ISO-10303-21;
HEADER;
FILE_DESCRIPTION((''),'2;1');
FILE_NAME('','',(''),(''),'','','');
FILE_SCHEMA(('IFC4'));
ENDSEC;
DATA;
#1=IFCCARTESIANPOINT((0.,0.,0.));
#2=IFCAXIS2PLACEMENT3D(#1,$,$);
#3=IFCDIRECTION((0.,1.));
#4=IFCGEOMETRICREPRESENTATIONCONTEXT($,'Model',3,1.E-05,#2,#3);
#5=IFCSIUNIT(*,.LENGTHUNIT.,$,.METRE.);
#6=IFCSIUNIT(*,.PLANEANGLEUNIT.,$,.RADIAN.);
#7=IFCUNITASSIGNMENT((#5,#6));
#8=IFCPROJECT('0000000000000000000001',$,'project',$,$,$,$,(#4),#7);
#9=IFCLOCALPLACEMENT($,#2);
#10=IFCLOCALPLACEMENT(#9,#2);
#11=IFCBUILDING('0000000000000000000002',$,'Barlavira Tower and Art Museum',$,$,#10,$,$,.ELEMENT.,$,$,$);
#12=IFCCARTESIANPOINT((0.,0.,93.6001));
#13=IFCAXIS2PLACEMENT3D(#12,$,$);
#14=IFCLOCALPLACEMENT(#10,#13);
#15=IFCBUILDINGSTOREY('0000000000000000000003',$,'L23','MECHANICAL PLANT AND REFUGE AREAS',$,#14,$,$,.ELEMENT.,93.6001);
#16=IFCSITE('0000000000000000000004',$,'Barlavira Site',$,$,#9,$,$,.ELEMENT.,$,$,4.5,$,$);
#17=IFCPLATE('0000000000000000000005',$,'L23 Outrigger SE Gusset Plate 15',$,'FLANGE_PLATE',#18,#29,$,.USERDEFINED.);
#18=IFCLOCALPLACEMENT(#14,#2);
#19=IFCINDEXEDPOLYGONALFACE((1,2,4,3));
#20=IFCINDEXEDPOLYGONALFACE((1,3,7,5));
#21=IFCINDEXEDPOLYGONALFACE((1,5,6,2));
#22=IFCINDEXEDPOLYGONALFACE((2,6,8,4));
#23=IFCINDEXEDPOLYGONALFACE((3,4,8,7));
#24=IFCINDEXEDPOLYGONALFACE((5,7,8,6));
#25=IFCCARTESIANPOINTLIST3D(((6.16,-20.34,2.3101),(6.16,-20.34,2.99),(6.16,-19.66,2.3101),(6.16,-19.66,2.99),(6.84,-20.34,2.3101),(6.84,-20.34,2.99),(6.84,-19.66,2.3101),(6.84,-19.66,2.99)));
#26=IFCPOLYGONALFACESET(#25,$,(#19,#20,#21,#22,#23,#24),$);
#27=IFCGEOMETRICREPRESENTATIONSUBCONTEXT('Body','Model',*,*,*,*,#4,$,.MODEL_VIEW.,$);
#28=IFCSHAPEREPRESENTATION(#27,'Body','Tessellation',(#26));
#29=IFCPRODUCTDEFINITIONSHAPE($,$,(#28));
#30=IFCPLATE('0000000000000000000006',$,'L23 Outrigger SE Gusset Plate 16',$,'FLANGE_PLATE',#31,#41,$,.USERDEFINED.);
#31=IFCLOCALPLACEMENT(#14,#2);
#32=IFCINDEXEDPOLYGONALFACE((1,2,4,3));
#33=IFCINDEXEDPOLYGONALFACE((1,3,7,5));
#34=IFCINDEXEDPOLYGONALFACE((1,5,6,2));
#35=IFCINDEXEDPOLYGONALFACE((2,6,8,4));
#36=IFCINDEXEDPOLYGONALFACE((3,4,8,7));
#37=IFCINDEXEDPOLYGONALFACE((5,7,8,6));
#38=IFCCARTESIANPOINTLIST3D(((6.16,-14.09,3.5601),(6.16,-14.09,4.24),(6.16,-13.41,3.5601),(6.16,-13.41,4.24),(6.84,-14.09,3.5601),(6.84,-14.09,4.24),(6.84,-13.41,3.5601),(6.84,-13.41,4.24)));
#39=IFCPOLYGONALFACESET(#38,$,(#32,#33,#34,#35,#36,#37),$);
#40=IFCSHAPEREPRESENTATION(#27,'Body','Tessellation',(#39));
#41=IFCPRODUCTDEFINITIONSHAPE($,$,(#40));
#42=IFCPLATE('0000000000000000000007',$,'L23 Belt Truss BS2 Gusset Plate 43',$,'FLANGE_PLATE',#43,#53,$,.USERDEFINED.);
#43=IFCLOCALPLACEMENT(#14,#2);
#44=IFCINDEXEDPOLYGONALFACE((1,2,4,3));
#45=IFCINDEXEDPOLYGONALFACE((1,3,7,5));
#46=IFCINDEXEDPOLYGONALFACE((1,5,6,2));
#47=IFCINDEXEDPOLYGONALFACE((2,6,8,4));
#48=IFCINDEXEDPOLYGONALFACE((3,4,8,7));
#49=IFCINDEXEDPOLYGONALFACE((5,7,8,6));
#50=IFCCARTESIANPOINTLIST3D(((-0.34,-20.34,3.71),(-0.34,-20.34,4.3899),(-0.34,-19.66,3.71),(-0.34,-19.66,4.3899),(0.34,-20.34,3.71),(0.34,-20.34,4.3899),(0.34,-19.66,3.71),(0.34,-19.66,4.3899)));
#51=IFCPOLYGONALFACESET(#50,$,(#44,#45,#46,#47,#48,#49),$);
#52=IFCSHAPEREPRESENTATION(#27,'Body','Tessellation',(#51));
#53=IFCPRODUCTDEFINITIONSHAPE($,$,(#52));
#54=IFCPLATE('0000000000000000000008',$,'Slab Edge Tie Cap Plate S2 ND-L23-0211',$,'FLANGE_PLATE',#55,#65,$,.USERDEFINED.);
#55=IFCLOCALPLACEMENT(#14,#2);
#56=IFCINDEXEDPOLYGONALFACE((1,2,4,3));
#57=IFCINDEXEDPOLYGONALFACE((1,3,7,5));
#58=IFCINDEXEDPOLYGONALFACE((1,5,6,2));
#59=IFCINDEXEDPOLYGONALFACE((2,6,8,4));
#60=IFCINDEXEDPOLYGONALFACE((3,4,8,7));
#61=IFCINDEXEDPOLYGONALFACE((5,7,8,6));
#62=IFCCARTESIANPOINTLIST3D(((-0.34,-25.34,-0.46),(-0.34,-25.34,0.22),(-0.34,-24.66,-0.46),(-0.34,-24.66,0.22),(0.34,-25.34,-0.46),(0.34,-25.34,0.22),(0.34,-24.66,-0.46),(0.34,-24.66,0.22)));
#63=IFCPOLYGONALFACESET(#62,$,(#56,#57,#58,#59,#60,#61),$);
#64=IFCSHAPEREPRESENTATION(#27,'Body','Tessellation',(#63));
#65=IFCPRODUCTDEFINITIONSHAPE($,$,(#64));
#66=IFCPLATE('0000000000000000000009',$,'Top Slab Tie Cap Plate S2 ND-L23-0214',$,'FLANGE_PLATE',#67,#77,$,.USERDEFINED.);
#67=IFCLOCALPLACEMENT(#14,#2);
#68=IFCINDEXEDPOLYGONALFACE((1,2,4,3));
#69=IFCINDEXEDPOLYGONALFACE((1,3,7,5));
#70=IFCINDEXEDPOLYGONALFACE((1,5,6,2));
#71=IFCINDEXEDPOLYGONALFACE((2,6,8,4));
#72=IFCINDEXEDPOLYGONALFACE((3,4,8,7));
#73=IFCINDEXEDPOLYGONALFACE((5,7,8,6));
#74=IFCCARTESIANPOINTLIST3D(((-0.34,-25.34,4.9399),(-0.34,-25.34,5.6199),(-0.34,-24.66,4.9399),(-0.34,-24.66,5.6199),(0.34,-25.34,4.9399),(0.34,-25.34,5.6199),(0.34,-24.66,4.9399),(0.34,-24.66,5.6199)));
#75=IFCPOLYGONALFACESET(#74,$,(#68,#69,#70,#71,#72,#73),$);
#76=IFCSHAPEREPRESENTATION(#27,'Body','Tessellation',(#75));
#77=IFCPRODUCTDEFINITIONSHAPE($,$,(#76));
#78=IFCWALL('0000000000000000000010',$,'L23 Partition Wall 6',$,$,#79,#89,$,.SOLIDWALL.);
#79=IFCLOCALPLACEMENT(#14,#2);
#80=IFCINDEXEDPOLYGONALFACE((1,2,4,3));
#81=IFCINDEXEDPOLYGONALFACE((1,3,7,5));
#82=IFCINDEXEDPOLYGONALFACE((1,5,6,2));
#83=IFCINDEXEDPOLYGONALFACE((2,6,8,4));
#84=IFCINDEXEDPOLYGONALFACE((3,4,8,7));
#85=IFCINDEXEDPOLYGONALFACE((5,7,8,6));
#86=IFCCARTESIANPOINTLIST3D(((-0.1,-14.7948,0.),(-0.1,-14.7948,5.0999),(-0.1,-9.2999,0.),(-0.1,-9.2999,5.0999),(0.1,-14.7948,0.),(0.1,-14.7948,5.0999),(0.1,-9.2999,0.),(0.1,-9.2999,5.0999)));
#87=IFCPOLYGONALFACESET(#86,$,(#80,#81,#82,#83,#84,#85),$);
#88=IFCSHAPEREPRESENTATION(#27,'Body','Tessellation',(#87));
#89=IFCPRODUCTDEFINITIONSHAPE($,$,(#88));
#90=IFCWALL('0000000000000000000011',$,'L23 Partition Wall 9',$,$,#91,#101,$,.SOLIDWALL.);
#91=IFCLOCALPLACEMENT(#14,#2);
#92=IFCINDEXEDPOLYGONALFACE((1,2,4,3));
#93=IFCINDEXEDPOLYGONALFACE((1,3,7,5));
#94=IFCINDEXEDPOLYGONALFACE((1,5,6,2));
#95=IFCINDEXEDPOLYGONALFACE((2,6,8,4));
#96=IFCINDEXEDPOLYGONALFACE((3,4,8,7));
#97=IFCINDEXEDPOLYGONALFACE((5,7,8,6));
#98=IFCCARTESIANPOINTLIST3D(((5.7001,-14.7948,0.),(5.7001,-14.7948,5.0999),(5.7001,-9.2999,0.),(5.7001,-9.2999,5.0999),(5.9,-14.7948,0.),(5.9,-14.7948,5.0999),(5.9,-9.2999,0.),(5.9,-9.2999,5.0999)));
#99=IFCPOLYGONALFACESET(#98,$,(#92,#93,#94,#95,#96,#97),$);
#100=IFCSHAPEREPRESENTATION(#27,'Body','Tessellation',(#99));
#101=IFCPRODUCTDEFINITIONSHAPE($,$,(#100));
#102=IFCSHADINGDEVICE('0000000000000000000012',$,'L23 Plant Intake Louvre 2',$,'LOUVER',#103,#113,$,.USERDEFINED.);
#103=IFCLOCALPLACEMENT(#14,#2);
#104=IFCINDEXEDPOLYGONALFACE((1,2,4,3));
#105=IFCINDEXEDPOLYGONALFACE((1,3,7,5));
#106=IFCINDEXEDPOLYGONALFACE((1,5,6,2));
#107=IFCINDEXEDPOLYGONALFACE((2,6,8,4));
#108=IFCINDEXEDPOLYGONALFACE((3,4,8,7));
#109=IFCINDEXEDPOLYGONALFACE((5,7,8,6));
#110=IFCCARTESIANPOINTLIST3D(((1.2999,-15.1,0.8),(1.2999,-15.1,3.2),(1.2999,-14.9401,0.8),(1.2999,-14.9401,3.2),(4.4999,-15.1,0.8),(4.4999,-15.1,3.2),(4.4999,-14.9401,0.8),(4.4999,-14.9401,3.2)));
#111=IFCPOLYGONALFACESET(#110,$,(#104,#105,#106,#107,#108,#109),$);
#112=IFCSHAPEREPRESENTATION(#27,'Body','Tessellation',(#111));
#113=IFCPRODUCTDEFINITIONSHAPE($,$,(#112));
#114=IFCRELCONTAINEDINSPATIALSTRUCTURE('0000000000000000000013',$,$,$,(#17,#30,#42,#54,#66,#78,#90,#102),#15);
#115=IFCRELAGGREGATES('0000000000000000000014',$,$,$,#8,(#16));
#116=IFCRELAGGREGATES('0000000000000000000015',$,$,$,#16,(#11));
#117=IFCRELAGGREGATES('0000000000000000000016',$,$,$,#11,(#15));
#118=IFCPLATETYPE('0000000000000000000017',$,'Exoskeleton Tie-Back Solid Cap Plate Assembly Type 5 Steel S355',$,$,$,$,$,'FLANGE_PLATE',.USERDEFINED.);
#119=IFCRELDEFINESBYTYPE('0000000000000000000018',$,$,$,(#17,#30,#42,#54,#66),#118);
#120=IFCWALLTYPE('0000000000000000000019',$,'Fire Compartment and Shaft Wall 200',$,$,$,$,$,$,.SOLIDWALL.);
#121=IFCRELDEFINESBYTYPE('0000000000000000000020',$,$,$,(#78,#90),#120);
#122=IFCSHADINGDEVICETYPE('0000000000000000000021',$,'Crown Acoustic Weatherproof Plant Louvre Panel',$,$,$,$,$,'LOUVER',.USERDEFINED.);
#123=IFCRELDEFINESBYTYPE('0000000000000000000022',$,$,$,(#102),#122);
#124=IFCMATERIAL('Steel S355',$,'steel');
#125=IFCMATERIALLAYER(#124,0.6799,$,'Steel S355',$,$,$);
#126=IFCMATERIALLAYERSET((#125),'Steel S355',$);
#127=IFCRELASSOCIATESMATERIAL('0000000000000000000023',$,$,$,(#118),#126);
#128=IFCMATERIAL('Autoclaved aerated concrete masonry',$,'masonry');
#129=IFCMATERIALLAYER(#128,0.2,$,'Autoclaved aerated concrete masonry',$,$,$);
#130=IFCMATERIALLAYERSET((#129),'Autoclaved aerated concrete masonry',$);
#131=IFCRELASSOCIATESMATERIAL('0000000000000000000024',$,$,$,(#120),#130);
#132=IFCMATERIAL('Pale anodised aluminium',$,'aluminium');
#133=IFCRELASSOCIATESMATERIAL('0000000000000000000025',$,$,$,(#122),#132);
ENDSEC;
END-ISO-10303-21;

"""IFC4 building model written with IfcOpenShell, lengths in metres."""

from ifc_helpers import new_model, si_unit, direction, frame, frame_2d, origin, origin_2d, place, context, subcontext, project, spatial, rectangle, extrude, material, layer, layer_set, type_object, element, save


model = new_model("IFC4")

# Units and contexts
model_context = context("Model", 3, precision=1e-05, world=origin(), true_north=direction((0.0, 1.0)))
body_context = subcontext(model_context, "Body", "Model", "MODEL_VIEW")
ifc_project = project(units=[si_unit("LENGTHUNIT", "METRE"), si_unit("PLANEANGLEUNIT", "RADIAN")], contexts=[model_context])

# Site, building, storey
site_placement = place(None, origin())
site = spatial("IfcSite", under=ifc_project, at=site_placement, Name="Barlavira Site", CompositionType="ELEMENT", RefElevation=4.5)
building_placement = place(site_placement, origin())
building = spatial("IfcBuilding", under=site, at=building_placement, Name="Barlavira Tower and Art Museum", CompositionType="ELEMENT")
storey_placement = place(building_placement, frame((0.0, 0.0, 93.6001)))
storey = spatial("IfcBuildingStorey", under=building, at=storey_placement, Name="L23", Description="MECHANICAL PLANT AND REFUGE AREAS", CompositionType="ELEMENT", Elevation=93.6001)

# Shared definitions
ifc_material_1 = material(Name="Steel S355", Category="steel")

# Plates
ifc_layer_1 = layer(ifc_material_1, 0.6799, Name="Steel S355")
ifc_layer_set_1 = layer_set([ifc_layer_1], Name="Steel S355")
plate_type_1 = type_object("IfcPlateType", Name="Exoskeleton Tie-Back Solid Cap Plate Assembly Type 5 Steel S355", ElementType="FLANGE_PLATE", PredefinedType="USERDEFINED", material=ifc_layer_set_1)
for number, where, z_axis, x_axis, name in (
    (1, (6.5, -20.0, 2.3101), (0.0, 0.0, 1.0), (1.0, 0.0, 0.0), "L23 Outrigger SE Gusset Plate 15"),
    (2, (6.5, -13.75, 3.5601), (0.0, 0.0, 1.0), (1.0, 0.0, 0.0), "L23 Outrigger SE Gusset Plate 16"),
    (3, (0.0, -20.0, 3.71), (0.0, 0.0, 1.0), (1.0, 0.0, 0.0), "L23 Belt Truss BS2 Gusset Plate 43"),
    (4, (0.0, -25.0, -0.46), (0.0, 0.0, 1.0), (1.0, 0.0, 0.0), "Slab Edge Tie Cap Plate S2 ND-L23-0211"),
    (5, (0.0, -25.0, 4.9399), (0.0, 0.0, 1.0), (1.0, 0.0, 0.0), "Top Slab Tie Cap Plate S2 ND-L23-0214"),
):
    element("IfcPlate", number, at=place(storey_placement, frame(where, z_axis=z_axis, x_axis=x_axis)), inside=storey, type_object=plate_type_1, Name=name, ObjectType="FLANGE_PLATE", PredefinedType="USERDEFINED", context=body_context, shape_type="SweptSolid", body=[
        extrude(rectangle(XDim=0.6799, YDim=0.6799, at=origin_2d()), origin(), (0.0, 0.0, 1.0), 0.6799),
    ])

# Walls
ifc_material_2 = material(Name="Autoclaved aerated concrete masonry", Category="masonry")
ifc_layer_2 = layer(ifc_material_2, 0.2, Name="Autoclaved aerated concrete masonry")
ifc_layer_set_2 = layer_set([ifc_layer_2], Name="Autoclaved aerated concrete masonry")
wall_type = type_object("IfcWallType", Name="Fire Compartment and Shaft Wall 200", PredefinedType="SOLIDWALL", material=ifc_layer_set_2)
for number, where, z_axis, x_axis, name in (
    (6, (0.0, -14.7949, 0.0), (0.0, 0.0, 1.0), (0.0, 1.0, 0.0), "L23 Partition Wall 6"),
    (7, (5.8, -14.7949, 0.0), (0.0, 0.0, 1.0), (0.0, 1.0, 0.0), "L23 Partition Wall 9"),
):
    element("IfcWall", number, at=place(storey_placement, frame(where, z_axis=z_axis, x_axis=x_axis)), inside=storey, type_object=wall_type, Name=name, PredefinedType="SOLIDWALL", context=body_context, shape_type="SweptSolid", body=[
        extrude(rectangle(XDim=5.4949, YDim=0.2, at=frame_2d((2.7476, 0.0))), origin(), (0.0, 0.0, 1.0), 5.0999),
    ])

# Shading device
ifc_material_3 = material(Name="Pale anodised aluminium", Category="aluminium")
shading_device_type = type_object("IfcShadingDeviceType", Name="Crown Acoustic Weatherproof Plant Louvre Panel", ElementType="LOUVER", PredefinedType="USERDEFINED", material=ifc_material_3)
shading_device_placement = place(storey_placement, frame((2.8999, -15.02, 0.8), z_axis=(0.0, 0.0, 1.0), x_axis=(1.0, 0.0, 0.0)))
element("IfcShadingDevice", 8, at=shading_device_placement, inside=storey, type_object=shading_device_type, Name="L23 Plant Intake Louvre 2", ObjectType="LOUVER", PredefinedType="USERDEFINED", context=body_context, shape_type="SweptSolid", body=[
    extrude(rectangle(XDim=3.2, YDim=0.1599, at=origin_2d()), origin(), (0.0, 0.0, 1.0), 2.3999),
])

save(model, "model.ifc")
